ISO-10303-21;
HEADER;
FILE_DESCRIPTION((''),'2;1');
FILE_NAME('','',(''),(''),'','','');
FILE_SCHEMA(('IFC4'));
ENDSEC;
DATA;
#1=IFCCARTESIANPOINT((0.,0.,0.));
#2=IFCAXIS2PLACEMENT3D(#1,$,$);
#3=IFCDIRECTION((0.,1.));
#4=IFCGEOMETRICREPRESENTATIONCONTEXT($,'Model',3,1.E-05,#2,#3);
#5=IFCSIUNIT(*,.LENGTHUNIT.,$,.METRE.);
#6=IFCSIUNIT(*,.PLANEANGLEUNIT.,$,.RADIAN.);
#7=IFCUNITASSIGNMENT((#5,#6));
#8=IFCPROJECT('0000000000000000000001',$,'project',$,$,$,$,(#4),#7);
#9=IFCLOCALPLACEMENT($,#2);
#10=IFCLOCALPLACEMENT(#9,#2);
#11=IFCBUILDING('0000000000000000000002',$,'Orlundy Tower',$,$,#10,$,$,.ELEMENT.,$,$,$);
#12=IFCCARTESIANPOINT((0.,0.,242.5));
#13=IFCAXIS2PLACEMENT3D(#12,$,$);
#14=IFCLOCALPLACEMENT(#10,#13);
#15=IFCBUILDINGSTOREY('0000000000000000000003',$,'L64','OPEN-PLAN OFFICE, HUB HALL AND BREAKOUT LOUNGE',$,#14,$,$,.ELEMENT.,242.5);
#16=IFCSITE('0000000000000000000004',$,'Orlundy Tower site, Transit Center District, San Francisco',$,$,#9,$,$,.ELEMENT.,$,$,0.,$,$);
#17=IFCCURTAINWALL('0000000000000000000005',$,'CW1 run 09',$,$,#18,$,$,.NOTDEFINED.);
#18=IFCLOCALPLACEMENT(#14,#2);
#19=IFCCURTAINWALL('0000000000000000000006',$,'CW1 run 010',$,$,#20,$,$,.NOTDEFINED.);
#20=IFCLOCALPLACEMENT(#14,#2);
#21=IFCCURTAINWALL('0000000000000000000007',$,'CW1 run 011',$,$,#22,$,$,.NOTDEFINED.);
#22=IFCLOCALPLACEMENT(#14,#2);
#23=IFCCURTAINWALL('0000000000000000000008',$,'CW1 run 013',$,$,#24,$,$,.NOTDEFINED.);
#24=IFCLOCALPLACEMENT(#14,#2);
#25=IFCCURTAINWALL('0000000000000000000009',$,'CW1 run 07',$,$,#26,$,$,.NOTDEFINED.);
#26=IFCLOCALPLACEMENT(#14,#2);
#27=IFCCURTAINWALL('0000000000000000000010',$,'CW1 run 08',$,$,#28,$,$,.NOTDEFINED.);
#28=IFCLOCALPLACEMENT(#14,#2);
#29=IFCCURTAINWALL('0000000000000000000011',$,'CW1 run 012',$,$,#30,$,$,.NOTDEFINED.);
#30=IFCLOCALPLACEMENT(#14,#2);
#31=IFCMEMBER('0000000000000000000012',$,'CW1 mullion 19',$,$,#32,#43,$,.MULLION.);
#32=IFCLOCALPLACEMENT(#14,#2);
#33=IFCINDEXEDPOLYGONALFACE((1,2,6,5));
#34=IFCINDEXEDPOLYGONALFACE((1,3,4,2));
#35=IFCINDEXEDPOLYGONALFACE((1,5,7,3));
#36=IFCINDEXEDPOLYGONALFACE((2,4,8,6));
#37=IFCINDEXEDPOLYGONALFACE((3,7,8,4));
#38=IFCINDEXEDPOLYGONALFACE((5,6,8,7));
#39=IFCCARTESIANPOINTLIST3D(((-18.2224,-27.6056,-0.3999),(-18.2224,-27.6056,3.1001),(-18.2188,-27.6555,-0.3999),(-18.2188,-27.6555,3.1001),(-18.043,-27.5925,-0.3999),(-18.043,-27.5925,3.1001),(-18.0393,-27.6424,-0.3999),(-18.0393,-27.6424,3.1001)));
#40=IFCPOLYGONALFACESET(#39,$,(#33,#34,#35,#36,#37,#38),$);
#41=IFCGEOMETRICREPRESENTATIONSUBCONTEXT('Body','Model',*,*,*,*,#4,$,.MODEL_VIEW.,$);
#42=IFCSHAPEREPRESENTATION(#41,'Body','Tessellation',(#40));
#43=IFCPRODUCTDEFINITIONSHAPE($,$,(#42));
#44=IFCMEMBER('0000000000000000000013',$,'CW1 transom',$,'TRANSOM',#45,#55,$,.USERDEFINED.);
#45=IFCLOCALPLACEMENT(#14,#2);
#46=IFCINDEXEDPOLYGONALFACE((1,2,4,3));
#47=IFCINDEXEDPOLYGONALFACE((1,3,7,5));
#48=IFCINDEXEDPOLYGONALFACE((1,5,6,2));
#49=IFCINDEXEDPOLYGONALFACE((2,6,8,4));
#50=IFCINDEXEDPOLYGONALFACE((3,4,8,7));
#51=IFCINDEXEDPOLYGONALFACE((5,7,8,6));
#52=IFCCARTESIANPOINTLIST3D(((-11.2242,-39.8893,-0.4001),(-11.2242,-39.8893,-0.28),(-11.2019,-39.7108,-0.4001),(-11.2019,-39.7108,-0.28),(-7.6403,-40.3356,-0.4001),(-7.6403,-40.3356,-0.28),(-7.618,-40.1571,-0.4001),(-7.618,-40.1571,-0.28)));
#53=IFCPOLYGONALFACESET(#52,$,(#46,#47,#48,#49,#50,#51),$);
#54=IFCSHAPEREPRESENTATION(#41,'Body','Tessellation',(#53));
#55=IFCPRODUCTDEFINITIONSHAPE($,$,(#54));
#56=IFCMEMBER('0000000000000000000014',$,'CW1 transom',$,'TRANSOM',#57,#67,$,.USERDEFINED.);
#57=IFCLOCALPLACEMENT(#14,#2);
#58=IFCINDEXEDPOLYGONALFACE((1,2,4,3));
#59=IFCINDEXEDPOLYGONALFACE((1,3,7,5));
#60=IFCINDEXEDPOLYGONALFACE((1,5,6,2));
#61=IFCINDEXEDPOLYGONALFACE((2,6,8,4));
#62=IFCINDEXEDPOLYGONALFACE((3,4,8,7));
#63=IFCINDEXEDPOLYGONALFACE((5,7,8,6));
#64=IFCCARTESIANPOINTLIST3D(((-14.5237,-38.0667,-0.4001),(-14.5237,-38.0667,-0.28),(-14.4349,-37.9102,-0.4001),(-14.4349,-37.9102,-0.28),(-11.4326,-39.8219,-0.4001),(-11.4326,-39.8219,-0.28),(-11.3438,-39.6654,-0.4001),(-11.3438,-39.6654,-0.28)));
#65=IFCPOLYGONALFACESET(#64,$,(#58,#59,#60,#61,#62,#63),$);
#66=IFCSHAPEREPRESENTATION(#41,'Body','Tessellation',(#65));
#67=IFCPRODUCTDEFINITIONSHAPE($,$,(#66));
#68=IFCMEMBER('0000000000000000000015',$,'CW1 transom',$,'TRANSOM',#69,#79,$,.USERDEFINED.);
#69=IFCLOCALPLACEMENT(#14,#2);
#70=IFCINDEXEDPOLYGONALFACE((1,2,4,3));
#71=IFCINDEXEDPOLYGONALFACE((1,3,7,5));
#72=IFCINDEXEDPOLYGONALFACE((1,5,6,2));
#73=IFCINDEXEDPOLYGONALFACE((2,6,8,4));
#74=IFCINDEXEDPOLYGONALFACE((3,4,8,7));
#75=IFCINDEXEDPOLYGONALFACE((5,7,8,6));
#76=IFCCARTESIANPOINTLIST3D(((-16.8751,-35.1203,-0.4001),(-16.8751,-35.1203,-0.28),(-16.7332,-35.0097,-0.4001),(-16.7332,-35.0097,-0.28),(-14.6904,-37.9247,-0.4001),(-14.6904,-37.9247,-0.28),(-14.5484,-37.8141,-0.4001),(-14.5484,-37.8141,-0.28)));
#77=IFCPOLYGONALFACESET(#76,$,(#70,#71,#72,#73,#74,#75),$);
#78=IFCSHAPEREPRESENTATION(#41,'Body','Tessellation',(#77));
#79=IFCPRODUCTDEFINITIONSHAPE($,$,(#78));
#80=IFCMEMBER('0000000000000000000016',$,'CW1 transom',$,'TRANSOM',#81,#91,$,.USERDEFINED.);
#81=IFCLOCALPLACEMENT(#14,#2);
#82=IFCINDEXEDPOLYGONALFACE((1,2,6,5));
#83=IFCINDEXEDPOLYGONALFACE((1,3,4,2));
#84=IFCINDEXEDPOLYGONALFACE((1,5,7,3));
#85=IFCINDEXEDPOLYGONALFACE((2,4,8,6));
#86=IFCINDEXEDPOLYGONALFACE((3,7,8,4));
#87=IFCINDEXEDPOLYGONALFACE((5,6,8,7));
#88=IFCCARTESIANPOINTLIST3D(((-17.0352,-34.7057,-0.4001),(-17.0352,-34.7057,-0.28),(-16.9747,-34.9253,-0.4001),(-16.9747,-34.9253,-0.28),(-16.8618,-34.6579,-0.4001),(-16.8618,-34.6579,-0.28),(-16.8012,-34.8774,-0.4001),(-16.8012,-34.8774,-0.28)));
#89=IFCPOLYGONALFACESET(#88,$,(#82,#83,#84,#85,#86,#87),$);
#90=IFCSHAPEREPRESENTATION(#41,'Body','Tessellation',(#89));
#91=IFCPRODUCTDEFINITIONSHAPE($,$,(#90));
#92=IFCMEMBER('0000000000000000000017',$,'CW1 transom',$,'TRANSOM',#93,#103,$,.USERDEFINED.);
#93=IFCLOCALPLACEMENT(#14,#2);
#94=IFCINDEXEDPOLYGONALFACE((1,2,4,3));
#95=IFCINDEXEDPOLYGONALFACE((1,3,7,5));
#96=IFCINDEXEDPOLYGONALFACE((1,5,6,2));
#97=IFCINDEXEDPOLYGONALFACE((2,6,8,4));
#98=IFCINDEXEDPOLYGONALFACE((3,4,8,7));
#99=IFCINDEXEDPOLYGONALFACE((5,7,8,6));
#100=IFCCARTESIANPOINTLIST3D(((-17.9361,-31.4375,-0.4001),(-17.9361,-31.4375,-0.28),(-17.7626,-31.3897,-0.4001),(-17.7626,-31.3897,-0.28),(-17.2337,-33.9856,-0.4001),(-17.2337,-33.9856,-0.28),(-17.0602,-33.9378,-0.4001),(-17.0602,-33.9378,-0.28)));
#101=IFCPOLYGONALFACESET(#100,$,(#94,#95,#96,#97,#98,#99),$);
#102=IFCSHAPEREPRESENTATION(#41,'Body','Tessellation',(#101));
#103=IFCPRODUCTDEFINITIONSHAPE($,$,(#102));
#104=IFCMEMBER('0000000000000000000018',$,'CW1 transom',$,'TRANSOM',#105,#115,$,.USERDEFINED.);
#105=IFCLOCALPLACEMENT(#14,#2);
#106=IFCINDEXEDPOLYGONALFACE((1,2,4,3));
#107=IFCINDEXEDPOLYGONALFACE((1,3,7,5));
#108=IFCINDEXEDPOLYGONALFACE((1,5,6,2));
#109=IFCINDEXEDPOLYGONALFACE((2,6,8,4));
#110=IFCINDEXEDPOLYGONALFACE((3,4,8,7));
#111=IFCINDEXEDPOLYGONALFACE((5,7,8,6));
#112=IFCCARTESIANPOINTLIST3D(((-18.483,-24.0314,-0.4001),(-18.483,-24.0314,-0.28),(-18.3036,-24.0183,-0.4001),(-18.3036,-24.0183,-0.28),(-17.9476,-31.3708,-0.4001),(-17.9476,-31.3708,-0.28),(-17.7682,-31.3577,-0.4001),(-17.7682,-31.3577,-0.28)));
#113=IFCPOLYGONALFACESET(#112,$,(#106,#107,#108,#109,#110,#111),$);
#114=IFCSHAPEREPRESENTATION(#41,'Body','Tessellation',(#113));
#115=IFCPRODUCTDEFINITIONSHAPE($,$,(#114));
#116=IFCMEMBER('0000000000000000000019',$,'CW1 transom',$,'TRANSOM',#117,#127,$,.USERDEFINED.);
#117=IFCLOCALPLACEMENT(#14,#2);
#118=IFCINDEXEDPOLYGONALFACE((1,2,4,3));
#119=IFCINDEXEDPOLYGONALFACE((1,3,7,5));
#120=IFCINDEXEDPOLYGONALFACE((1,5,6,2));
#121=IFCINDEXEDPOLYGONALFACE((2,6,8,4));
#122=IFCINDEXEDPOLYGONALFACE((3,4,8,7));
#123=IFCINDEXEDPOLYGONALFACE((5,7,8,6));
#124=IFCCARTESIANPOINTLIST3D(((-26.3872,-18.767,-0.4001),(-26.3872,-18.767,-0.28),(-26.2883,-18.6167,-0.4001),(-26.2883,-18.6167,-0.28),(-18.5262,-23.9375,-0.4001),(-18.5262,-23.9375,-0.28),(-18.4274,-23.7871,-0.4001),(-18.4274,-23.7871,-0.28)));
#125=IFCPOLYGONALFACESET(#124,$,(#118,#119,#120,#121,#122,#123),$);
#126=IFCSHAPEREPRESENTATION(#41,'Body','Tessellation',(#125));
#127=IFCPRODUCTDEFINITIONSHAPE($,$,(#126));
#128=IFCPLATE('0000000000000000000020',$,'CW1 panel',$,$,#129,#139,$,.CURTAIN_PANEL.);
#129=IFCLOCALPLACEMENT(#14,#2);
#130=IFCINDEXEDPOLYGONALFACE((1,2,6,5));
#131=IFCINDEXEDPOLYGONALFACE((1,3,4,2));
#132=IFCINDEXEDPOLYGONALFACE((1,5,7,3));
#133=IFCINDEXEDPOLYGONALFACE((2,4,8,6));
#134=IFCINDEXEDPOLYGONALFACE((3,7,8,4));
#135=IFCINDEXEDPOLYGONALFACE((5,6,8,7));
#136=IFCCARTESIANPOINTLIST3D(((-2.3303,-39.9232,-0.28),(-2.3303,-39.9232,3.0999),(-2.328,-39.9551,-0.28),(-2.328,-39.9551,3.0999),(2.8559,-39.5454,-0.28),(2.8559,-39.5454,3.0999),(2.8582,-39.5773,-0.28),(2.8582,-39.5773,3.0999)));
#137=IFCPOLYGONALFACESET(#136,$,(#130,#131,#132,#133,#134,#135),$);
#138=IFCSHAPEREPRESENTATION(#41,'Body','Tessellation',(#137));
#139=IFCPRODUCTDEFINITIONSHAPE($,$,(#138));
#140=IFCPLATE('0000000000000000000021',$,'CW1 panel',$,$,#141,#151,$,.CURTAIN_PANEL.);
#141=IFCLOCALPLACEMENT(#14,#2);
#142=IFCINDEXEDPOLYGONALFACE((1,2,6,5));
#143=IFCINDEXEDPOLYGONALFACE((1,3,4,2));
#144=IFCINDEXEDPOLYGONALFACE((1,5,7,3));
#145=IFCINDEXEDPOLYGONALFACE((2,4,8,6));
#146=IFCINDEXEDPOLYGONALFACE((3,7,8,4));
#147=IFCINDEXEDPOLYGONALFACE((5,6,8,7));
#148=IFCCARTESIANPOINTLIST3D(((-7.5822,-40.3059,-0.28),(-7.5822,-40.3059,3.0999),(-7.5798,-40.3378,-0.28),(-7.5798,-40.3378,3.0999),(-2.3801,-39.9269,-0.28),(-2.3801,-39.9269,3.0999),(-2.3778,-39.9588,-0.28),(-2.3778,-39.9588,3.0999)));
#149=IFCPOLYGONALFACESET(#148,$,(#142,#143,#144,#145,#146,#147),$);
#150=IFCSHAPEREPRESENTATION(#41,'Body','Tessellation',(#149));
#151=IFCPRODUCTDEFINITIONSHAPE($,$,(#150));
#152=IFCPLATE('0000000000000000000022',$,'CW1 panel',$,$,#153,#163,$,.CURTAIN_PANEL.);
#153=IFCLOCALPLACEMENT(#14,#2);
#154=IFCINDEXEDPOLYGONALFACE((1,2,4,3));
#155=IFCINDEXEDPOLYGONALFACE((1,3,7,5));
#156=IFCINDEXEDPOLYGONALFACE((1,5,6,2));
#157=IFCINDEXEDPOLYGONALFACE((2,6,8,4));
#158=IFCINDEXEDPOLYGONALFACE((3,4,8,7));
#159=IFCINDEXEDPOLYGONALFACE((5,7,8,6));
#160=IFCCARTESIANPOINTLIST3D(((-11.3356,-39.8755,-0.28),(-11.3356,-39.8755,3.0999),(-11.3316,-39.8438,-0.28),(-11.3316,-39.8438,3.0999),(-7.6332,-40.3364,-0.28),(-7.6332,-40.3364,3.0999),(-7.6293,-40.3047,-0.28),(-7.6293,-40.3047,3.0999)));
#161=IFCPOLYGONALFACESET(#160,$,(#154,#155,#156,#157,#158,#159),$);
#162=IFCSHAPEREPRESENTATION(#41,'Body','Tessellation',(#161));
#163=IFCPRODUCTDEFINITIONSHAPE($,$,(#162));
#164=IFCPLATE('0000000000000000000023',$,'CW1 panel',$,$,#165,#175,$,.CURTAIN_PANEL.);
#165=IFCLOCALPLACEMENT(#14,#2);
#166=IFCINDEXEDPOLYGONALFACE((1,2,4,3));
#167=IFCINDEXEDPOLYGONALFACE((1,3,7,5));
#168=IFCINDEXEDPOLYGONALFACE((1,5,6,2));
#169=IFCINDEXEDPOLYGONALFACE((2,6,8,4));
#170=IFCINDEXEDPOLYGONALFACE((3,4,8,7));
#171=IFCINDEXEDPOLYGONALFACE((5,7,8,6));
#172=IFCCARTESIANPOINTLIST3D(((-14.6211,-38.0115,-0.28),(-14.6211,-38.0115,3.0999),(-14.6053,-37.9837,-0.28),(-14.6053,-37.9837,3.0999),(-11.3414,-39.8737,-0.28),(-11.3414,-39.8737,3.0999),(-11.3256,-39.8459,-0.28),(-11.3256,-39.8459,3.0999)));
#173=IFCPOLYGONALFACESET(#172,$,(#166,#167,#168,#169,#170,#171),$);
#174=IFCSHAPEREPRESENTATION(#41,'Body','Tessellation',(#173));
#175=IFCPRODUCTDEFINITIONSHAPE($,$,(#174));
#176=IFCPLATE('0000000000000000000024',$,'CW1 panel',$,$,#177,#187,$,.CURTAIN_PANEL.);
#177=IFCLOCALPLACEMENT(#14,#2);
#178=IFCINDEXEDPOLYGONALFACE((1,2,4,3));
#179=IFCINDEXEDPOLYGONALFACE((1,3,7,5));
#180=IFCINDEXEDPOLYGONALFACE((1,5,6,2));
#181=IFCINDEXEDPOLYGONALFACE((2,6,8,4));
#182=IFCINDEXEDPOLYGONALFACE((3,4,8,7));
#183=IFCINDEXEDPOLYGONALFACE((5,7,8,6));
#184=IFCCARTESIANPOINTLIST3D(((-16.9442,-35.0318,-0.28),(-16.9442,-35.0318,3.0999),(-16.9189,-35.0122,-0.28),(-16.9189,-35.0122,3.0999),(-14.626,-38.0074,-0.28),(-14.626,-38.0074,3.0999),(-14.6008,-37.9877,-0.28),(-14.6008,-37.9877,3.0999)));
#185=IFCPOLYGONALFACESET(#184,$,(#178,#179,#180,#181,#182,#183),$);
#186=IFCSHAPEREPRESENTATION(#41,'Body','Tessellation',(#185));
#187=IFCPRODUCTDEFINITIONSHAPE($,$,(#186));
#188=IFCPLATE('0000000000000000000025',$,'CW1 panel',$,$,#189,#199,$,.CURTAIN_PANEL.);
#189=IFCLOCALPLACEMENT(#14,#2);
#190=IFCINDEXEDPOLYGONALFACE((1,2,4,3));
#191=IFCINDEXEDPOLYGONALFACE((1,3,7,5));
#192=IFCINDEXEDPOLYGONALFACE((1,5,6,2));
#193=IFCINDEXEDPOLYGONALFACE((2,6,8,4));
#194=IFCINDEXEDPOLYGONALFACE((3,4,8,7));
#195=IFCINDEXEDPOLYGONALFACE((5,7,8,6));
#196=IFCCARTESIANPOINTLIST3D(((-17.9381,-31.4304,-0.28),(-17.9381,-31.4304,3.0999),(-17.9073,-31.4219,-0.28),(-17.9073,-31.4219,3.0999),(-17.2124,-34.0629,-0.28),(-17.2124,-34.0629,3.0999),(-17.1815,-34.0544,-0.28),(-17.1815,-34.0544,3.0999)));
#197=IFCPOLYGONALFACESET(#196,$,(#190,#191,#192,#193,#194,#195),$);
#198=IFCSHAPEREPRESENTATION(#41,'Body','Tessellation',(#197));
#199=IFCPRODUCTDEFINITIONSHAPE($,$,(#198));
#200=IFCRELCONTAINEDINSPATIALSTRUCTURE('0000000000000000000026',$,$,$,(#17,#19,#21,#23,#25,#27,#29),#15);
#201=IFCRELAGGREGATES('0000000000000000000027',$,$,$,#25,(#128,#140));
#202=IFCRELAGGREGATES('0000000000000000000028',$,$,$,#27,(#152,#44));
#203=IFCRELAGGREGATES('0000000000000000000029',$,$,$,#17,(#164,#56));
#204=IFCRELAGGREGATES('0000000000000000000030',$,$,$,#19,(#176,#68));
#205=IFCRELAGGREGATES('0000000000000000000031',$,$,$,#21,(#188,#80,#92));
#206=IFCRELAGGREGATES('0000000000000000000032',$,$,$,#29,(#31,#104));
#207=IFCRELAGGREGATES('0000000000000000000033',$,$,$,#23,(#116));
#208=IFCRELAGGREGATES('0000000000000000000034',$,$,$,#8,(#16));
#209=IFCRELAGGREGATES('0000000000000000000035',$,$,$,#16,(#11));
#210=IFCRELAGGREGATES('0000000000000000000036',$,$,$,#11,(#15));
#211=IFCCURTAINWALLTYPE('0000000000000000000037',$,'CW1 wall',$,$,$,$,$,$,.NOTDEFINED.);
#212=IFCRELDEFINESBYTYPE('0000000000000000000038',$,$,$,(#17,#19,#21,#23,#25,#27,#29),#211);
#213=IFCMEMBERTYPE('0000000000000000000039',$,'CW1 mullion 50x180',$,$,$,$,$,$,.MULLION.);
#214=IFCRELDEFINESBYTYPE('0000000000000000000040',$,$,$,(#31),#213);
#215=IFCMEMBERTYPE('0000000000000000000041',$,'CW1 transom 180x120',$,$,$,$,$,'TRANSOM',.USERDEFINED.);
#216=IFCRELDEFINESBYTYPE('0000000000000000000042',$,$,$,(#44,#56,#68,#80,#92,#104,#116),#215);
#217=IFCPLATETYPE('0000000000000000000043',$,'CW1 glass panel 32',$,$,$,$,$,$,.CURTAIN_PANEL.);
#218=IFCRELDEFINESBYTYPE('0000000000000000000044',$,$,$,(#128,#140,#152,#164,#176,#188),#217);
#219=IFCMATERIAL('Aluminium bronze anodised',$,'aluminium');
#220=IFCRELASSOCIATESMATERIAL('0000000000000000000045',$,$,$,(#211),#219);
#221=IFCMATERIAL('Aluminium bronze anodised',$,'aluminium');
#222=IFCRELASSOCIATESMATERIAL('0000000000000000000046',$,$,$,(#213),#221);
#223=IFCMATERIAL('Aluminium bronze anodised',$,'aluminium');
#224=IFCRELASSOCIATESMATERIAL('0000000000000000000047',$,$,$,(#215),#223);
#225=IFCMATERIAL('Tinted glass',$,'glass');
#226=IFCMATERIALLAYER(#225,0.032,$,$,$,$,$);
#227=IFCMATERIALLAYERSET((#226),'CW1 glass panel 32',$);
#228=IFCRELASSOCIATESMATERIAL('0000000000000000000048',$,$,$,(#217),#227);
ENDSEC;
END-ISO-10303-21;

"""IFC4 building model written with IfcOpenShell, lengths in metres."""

from ifc_helpers import new_model, si_unit, direction, frame, origin, origin_2d, place, context, subcontext, project, spatial, rectangle, extrude, material, layer, layer_set, material_profile, profile_set, type_object, element, aggregate, save


model = new_model("IFC4")

# Units and contexts
model_context = context("Model", 3, precision=1e-05, world=origin(), true_north=direction((0.0, 1.0)))
body_context = subcontext(model_context, "Body", "Model", "MODEL_VIEW")
ifc_project = project(units=[si_unit("LENGTHUNIT", "METRE"), si_unit("PLANEANGLEUNIT", "RADIAN")], contexts=[model_context])

# Site, building, storey
site_placement = place(None, origin())
site = spatial("IfcSite", under=ifc_project, at=site_placement, Name="Orlundy Tower site, Transit Center District, San Francisco", CompositionType="ELEMENT", RefElevation=0.0)
building_placement = place(site_placement, origin())
building = spatial("IfcBuilding", under=site, at=building_placement, Name="Orlundy Tower", CompositionType="ELEMENT")
storey_placement = place(building_placement, frame((0.0, 0.0, 242.5)))
storey = spatial("IfcBuildingStorey", under=building, at=storey_placement, Name="L64", Description="OPEN-PLAN OFFICE, HUB HALL AND BREAKOUT LOUNGE", CompositionType="ELEMENT", Elevation=242.5)

# Curtain walls
ifc_material_1 = material(Name="Aluminium bronze anodised", Category="aluminium")
curtain_wall_type = type_object("IfcCurtainWallType", Name="CW1 wall", PredefinedType="NOTDEFINED", material=ifc_material_1)
curtain_wall_1_placement = place(storey_placement, origin())
curtain_wall_1 = element("IfcCurtainWall", 1, at=curtain_wall_1_placement, inside=storey, type_object=curtain_wall_type, Name="CW1 run 09", PredefinedType="NOTDEFINED")
curtain_wall_2_placement = place(storey_placement, origin())
curtain_wall_2 = element("IfcCurtainWall", 2, at=curtain_wall_2_placement, inside=storey, type_object=curtain_wall_type, Name="CW1 run 010", PredefinedType="NOTDEFINED")
curtain_wall_3_placement = place(storey_placement, origin())
curtain_wall_3 = element("IfcCurtainWall", 3, at=curtain_wall_3_placement, inside=storey, type_object=curtain_wall_type, Name="CW1 run 011", PredefinedType="NOTDEFINED")
curtain_wall_4_placement = place(storey_placement, origin())
curtain_wall_4 = element("IfcCurtainWall", 4, at=curtain_wall_4_placement, inside=storey, type_object=curtain_wall_type, Name="CW1 run 013", PredefinedType="NOTDEFINED")

# Curtain wall
curtain_wall_5_placement = place(storey_placement, origin())
curtain_wall_5 = element("IfcCurtainWall", 5, at=curtain_wall_5_placement, inside=storey, type_object=curtain_wall_type, Name="CW1 run 07", PredefinedType="NOTDEFINED")
ifc_material_2 = material(Name="Aluminium bronze anodised", Category="aluminium")
ifc_material_profile_1 = material_profile(ifc_material_2, rectangle(XDim=0.1799, YDim=0.05, at=origin_2d()), Name="CW1 mullion 50x180")
ifc_profile_set_1 = profile_set([ifc_material_profile_1], Name="Aluminium bronze anodised")
member_type_1 = type_object("IfcMemberType", Name="CW1 mullion 50x180", PredefinedType="MULLION", material=ifc_profile_set_1)

# Curtain wall
curtain_wall_6_placement = place(storey_placement, origin())
curtain_wall_6 = element("IfcCurtainWall", 6, at=curtain_wall_6_placement, inside=storey, type_object=curtain_wall_type, Name="CW1 run 08", PredefinedType="NOTDEFINED")

# Curtain wall, member
curtain_wall_7_placement = place(storey_placement, origin())
curtain_wall_7 = element("IfcCurtainWall", 7, at=curtain_wall_7_placement, inside=storey, type_object=curtain_wall_type, Name="CW1 run 012", PredefinedType="NOTDEFINED")
member_1_placement = place(storey_placement, frame((-18.1309, -27.624, -0.3999), z_axis=(0.0, 0.0, 1.0), x_axis=(-0.99735, -0.072747, 0.0)))
member_1 = element("IfcMember", 8, at=member_1_placement, type_object=member_type_1, Name="CW1 mullion 19", PredefinedType="MULLION", context=body_context, shape_type="SweptSolid", body=[
    extrude(rectangle(XDim=0.1799, YDim=0.05, at=origin_2d()), origin(), (0.0, 0.0, 1.0), 3.5),
])

# Members
ifc_material_3 = material(Name="Aluminium bronze anodised", Category="aluminium")
ifc_material_profile_2 = material_profile(ifc_material_3, rectangle(XDim=0.1799, YDim=0.1201, at=origin_2d()), Name="CW1 transom 180x120")
ifc_profile_set_2 = profile_set([ifc_material_profile_2], Name="Aluminium bronze anodised")
member_type_2 = type_object("IfcMemberType", Name="CW1 transom 180x120", ElementType="TRANSOM", PredefinedType="USERDEFINED", material=ifc_profile_set_2)
member_2_placement = place(storey_placement, frame((-7.6292, -40.2463, -0.3401), z_axis=(-0.992336, 0.123569, 0.0), x_axis=(-0.123569, -0.992336, 0.0)))
member_2 = element("IfcMember", 9, at=member_2_placement, type_object=member_type_2, Name="CW1 transom", ObjectType="TRANSOM", PredefinedType="USERDEFINED", context=body_context, shape_type="SweptSolid", body=[
    extrude(rectangle(XDim=0.1799, YDim=0.1201, at=origin_2d()), origin(), (0.0, 0.0, 1.0), 3.6116),
])
member_3_placement = place(storey_placement, frame((-11.3882, -39.7437, -0.3401), z_axis=(-0.869597, 0.493763, 0.0), x_axis=(-0.493763, -0.869597, 0.0)))
member_3 = element("IfcMember", 10, at=member_3_placement, type_object=member_type_2, Name="CW1 transom", ObjectType="TRANSOM", PredefinedType="USERDEFINED", context=body_context, shape_type="SweptSolid", body=[
    extrude(rectangle(XDim=0.1799, YDim=0.1201, at=origin_2d()), origin(), (0.0, 0.0, 1.0), 3.5547),
])
member_4_placement = place(storey_placement, frame((-14.6194, -37.8694, -0.3401), z_axis=(-0.614568, 0.788864, 0.0), x_axis=(-0.788864, -0.614568, 0.0)))
member_4 = element("IfcMember", 11, at=member_4_placement, type_object=member_type_2, Name="CW1 transom", ObjectType="TRANSOM", PredefinedType="USERDEFINED", context=body_context, shape_type="SweptSolid", body=[
    extrude(rectangle(XDim=0.1799, YDim=0.1201, at=origin_2d()), origin(), (0.0, 0.0, 1.0), 3.5549),
])
member_5_placement = place(storey_placement, frame((-16.8879, -34.9014, -0.3401), z_axis=(-0.265929, 0.963993, 0.0), x_axis=(-0.963993, -0.265929, 0.0)))
member_5 = element("IfcMember", 12, at=member_5_placement, type_object=member_type_2, Name="CW1 transom", ObjectType="TRANSOM", PredefinedType="USERDEFINED", context=body_context, shape_type="SweptSolid", body=[
    extrude(rectangle(XDim=0.1799, YDim=0.1201, at=origin_2d()), origin(), (0.0, 0.0, 1.0), 0.2278),
])
member_6_placement = place(storey_placement, frame((-17.147, -33.9617, -0.3401), z_axis=(-0.265743, 0.964044, 0.0), x_axis=(-0.964044, -0.265743, 0.0)))
member_6 = element("IfcMember", 13, at=member_6_placement, type_object=member_type_2, Name="CW1 transom", ObjectType="TRANSOM", PredefinedType="USERDEFINED", context=body_context, shape_type="SweptSolid", body=[
    extrude(rectangle(XDim=0.1799, YDim=0.1201, at=origin_2d()), origin(), (0.0, 0.0, 1.0), 2.6431),
])
member_7_placement = place(storey_placement, frame((-17.8579, -31.3643, -0.3401), z_axis=(-0.072756, 0.99735, 0.0), x_axis=(-0.99735, -0.072756, 0.0)))
member_7 = element("IfcMember", 14, at=member_7_placement, type_object=member_type_2, Name="CW1 transom", ObjectType="TRANSOM", PredefinedType="USERDEFINED", context=body_context, shape_type="SweptSolid", body=[
    extrude(rectangle(XDim=0.1799, YDim=0.1201, at=origin_2d()), origin(), (0.0, 0.0, 1.0), 7.3589),
])
member_8_placement = place(storey_placement, frame((-18.4768, -23.8623, -0.3401), z_axis=(-0.835475, 0.549528, 0.0), x_axis=(-0.549528, -0.835475, 0.0)))
member_8 = element("IfcMember", 15, at=member_8_placement, type_object=member_type_2, Name="CW1 transom", ObjectType="TRANSOM", PredefinedType="USERDEFINED", context=body_context, shape_type="SweptSolid", body=[
    extrude(rectangle(XDim=0.1799, YDim=0.1201, at=origin_2d()), origin(), (0.0, 0.0, 1.0), 9.4089),
])

# Plates
ifc_material_4 = material(Name="Tinted glass", Category="glass")
ifc_layer_1 = layer(ifc_material_4, 0.032)
ifc_layer_set_1 = layer_set([ifc_layer_1], Name="CW1 glass panel 32")
plate_type = type_object("IfcPlateType", Name="CW1 glass panel 32", PredefinedType="CURTAIN_PANEL", material=ifc_layer_set_1)
plate_1_placement = place(storey_placement, frame((0.2639, -39.7502, -0.28), z_axis=(0.0, 0.0, 1.0), x_axis=(-0.997356, -0.072668, 0.0)))
plate_1 = element("IfcPlate", 16, at=plate_1_placement, type_object=plate_type, Name="CW1 panel", PredefinedType="CURTAIN_PANEL", context=body_context, shape_type="SweptSolid", body=[
    extrude(rectangle(XDim=5.2, YDim=0.032, at=origin_2d()), origin(), (0.0, 0.0, 1.0), 3.3799),
])
plate_2_placement = place(storey_placement, frame((-4.98, -40.1323, -0.28), z_axis=(0.0, 0.0, 1.0), x_axis=(-0.997356, -0.072668, 0.0)))
plate_2 = element("IfcPlate", 17, at=plate_2_placement, type_object=plate_type, Name="CW1 panel", PredefinedType="CURTAIN_PANEL", context=body_context, shape_type="SweptSolid", body=[
    extrude(rectangle(XDim=5.2158, YDim=0.032, at=origin_2d()), origin(), (0.0, 0.0, 1.0), 3.3799),
])
aggregate(curtain_wall_5, [plate_1, plate_2])
plate_3_placement = place(storey_placement, frame((-9.4824, -40.0901, -0.28), z_axis=(0.0, 0.0, 1.0), x_axis=(-0.99234, 0.123537, 0.0)))
plate_3 = element("IfcPlate", 18, at=plate_3_placement, type_object=plate_type, Name="CW1 panel", PredefinedType="CURTAIN_PANEL", context=body_context, shape_type="SweptSolid", body=[
    extrude(rectangle(XDim=3.731, YDim=0.032, at=origin_2d()), origin(), (0.0, 0.0, 1.0), 3.3799),
])
aggregate(curtain_wall_6, [plate_3, member_2])
plate_4_placement = place(storey_placement, frame((-12.9734, -38.9287, -0.28), z_axis=(0.0, 0.0, 1.0), x_axis=(-0.869601, 0.493754, 0.0)))
plate_4 = element("IfcPlate", 19, at=plate_4_placement, type_object=plate_type, Name="CW1 panel", PredefinedType="CURTAIN_PANEL", context=body_context, shape_type="SweptSolid", body=[
    extrude(rectangle(XDim=3.7715, YDim=0.032, at=origin_2d()), origin(), (0.0, 0.0, 1.0), 3.3799),
])
aggregate(curtain_wall_1, [plate_4, member_3])
plate_5_placement = place(storey_placement, frame((-15.7725, -36.5098, -0.28), z_axis=(0.0, 0.0, 1.0), x_axis=(-0.614575, 0.788858, 0.0)))
plate_5 = element("IfcPlate", 20, at=plate_5_placement, type_object=plate_type, Name="CW1 panel", PredefinedType="CURTAIN_PANEL", context=body_context, shape_type="SweptSolid", body=[
    extrude(rectangle(XDim=3.772, YDim=0.032, at=origin_2d()), origin(), (0.0, 0.0, 1.0), 3.3799),
])
aggregate(curtain_wall_2, [plate_5, member_4])
plate_6_placement = place(storey_placement, frame((-17.5598, -32.7424, -0.28), z_axis=(0.0, 0.0, 1.0), x_axis=(-0.265765, 0.964038, 0.0)))
plate_6 = element("IfcPlate", 21, at=plate_6_placement, type_object=plate_type, Name="CW1 panel", PredefinedType="CURTAIN_PANEL", context=body_context, shape_type="SweptSolid", body=[
    extrude(rectangle(XDim=2.7307, YDim=0.032, at=origin_2d()), origin(), (0.0, 0.0, 1.0), 3.3799),
])
aggregate(curtain_wall_3, [plate_6, member_5, member_6])
aggregate(curtain_wall_7, [member_1, member_7])
aggregate(curtain_wall_4, [member_8])

save(model, "model.ifc")
